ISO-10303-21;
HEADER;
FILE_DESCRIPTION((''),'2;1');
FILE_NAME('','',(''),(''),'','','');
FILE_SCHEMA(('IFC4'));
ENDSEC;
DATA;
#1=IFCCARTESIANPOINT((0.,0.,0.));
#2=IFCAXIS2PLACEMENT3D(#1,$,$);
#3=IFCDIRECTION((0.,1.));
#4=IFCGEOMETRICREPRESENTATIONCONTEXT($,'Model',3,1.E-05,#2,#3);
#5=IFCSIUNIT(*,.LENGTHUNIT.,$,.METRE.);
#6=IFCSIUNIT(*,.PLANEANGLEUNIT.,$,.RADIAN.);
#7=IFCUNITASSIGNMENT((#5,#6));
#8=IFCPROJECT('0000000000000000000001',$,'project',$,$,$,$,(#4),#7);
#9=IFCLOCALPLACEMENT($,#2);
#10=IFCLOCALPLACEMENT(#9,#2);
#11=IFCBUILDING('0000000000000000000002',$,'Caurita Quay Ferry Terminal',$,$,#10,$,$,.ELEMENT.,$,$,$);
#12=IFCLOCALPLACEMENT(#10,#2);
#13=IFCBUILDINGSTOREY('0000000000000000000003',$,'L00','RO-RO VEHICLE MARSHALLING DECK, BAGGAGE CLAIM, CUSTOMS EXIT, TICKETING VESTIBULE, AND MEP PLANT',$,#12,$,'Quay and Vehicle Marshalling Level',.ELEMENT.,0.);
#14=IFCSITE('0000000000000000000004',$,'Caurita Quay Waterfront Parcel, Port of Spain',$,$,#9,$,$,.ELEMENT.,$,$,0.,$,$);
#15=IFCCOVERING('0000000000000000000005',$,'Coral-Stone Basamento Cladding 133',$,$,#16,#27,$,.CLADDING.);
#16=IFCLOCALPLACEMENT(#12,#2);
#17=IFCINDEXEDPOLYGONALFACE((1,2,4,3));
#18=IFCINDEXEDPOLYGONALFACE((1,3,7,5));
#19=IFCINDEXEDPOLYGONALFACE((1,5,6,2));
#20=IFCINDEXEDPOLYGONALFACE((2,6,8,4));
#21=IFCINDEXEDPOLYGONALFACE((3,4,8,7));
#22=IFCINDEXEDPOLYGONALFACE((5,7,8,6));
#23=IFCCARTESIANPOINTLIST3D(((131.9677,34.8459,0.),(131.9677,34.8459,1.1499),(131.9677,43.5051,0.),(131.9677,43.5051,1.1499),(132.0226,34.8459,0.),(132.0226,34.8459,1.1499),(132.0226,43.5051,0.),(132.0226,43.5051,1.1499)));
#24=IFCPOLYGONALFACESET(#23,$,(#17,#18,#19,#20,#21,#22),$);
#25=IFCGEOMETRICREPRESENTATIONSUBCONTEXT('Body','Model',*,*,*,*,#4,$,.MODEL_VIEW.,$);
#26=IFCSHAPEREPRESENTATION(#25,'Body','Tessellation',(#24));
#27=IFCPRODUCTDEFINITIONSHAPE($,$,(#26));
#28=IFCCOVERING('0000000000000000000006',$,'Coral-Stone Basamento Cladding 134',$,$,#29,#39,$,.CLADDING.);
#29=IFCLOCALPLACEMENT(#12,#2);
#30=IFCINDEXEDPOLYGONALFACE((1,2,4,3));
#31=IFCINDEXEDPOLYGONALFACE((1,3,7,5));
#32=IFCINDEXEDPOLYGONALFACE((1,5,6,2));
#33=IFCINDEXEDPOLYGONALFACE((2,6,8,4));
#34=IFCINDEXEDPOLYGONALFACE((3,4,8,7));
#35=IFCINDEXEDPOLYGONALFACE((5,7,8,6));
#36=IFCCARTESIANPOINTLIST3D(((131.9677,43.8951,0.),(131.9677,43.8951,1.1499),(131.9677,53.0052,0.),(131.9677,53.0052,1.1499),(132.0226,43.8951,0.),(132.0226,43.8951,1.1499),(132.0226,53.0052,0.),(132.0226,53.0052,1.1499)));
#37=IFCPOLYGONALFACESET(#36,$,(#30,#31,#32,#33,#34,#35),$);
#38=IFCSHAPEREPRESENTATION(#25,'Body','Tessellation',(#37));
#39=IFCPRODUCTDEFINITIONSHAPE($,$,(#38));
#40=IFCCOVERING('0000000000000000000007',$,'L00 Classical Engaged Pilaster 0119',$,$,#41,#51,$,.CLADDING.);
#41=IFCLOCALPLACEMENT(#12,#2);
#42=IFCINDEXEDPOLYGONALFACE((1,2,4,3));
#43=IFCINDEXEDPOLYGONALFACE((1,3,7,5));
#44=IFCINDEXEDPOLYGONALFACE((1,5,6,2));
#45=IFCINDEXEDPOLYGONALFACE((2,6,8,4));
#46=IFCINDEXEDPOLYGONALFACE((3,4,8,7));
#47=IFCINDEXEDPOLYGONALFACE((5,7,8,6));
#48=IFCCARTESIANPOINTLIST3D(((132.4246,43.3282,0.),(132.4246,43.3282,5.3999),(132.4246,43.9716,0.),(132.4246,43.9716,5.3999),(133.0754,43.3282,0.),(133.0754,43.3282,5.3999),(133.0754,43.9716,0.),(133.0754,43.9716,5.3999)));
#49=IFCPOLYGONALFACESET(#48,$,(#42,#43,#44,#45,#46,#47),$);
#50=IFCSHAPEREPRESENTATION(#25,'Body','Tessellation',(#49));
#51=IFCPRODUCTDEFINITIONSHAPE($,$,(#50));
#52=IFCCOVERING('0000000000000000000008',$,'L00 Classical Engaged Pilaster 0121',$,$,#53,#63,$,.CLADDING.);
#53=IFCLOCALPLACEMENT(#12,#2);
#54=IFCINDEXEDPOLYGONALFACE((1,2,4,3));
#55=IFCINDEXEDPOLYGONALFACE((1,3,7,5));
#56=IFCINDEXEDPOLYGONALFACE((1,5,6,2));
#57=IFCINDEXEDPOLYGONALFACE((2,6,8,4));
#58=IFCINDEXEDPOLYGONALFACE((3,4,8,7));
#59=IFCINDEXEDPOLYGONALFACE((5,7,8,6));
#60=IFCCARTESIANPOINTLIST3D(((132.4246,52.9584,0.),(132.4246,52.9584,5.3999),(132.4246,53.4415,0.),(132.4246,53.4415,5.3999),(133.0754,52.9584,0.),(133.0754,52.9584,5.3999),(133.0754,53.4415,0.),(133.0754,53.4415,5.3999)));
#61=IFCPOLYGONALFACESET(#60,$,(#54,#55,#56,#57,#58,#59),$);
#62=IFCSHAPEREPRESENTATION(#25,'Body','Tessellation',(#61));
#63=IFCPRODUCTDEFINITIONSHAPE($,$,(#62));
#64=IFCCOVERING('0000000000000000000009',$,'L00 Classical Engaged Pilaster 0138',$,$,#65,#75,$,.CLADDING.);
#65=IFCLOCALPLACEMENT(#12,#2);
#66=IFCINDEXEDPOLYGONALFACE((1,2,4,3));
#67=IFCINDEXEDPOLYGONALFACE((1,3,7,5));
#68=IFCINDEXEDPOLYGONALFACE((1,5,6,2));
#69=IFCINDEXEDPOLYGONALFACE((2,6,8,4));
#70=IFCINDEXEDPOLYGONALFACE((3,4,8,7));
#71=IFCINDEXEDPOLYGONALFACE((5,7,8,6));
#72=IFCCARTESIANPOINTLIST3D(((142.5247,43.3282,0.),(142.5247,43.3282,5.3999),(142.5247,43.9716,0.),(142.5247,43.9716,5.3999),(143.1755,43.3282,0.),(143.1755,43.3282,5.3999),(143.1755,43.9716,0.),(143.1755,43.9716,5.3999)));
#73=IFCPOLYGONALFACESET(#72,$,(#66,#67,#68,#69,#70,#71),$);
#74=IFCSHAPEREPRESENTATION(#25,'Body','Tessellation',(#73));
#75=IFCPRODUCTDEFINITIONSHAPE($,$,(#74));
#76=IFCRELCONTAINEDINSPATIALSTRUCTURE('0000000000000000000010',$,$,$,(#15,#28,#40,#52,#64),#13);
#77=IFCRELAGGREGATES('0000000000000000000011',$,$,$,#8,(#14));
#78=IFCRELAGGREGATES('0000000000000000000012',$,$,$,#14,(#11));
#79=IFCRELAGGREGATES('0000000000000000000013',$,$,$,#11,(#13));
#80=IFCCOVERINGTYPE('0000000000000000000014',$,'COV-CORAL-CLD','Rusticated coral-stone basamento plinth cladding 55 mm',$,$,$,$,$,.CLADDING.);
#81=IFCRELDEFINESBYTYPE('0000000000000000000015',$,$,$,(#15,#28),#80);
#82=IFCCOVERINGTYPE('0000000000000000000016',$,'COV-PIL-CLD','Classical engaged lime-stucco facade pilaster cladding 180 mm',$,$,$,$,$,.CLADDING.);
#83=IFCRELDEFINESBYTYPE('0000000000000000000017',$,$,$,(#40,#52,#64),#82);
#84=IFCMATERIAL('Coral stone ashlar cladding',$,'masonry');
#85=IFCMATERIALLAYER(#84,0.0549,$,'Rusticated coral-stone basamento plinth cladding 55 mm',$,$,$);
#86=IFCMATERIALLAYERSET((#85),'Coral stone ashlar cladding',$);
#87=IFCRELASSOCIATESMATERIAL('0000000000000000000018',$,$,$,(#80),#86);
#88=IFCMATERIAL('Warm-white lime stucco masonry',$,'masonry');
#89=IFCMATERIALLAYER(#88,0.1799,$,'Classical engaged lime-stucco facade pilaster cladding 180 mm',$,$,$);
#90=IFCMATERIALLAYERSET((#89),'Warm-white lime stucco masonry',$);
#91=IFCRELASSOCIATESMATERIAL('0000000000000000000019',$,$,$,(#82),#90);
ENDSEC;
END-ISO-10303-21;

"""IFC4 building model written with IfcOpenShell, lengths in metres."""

from ifc_helpers import new_model, si_unit, direction, frame, frame_2d, origin, origin_2d, place, context, subcontext, project, spatial, rectangle, extrude, material, layer, layer_set, type_object, element, save


model = new_model("IFC4")

# Units and contexts
model_context = context("Model", 3, precision=1e-05, world=origin(), true_north=direction((0.0, 1.0)))
body_context = subcontext(model_context, "Body", "Model", "MODEL_VIEW")
ifc_project = project(units=[si_unit("LENGTHUNIT", "METRE"), si_unit("PLANEANGLEUNIT", "RADIAN")], contexts=[model_context])

# Site, building, storey
site_placement = place(None, origin())
site = spatial("IfcSite", under=ifc_project, at=site_placement, Name="Caurita Quay Waterfront Parcel, Port of Spain", CompositionType="ELEMENT", RefElevation=0.0)
building_placement = place(site_placement, origin())
building = spatial("IfcBuilding", under=site, at=building_placement, Name="Caurita Quay Ferry Terminal", CompositionType="ELEMENT")
storey_placement = place(building_placement, origin())
storey = spatial("IfcBuildingStorey", under=building, at=storey_placement, Name="L00", Description="RO-RO VEHICLE MARSHALLING DECK, BAGGAGE CLAIM, CUSTOMS EXIT, TICKETING VESTIBULE, AND MEP PLANT", LongName="Quay and Vehicle Marshalling Level", CompositionType="ELEMENT", Elevation=0.0)

# Shared definitions
ifc_material_1 = material(Name="Warm-white lime stucco masonry", Category="masonry")

# Coverings
ifc_material_2 = material(Name="Coral stone ashlar cladding", Category="masonry")
ifc_layer_1 = layer(ifc_material_2, 0.0549, Name="Rusticated coral-stone basamento plinth cladding 55 mm")
ifc_layer_set_1 = layer_set([ifc_layer_1], Name="Coral stone ashlar cladding")
covering_type_1 = type_object("IfcCoveringType", Name="COV-CORAL-CLD", Description="Rusticated coral-stone basamento plinth cladding 55 mm", PredefinedType="CLADDING", material=ifc_layer_set_1)
covering_1_placement = place(storey_placement, frame((131.9951, 34.8459, 0.0), z_axis=(0.0, 0.0, 1.0), x_axis=(0.0, 1.0, 0.0)))
element("IfcCovering", 1, at=covering_1_placement, inside=storey, type_object=covering_type_1, Name="Coral-Stone Basamento Cladding 133", PredefinedType="CLADDING", context=body_context, shape_type="SweptSolid", body=[
    extrude(rectangle(XDim=8.6592, YDim=0.0549, at=frame_2d((4.3296, 0.0))), origin(), (0.0, 0.0, 1.0), 1.1499),
])
covering_2_placement = place(storey_placement, frame((131.9951, 43.895, 0.0), z_axis=(0.0, 0.0, 1.0), x_axis=(0.0, 1.0, 0.0)))
element("IfcCovering", 2, at=covering_2_placement, inside=storey, type_object=covering_type_1, Name="Coral-Stone Basamento Cladding 134", PredefinedType="CLADDING", context=body_context, shape_type="SweptSolid", body=[
    extrude(rectangle(XDim=9.1101, YDim=0.0549, at=frame_2d((4.5552, 0.0))), origin(), (0.0, 0.0, 1.0), 1.1499),
])
ifc_layer_2 = layer(ifc_material_1, 0.1799, Name="Classical engaged lime-stucco facade pilaster cladding 180 mm")
ifc_layer_set_2 = layer_set([ifc_layer_2], Name="Warm-white lime stucco masonry")
covering_type_2 = type_object("IfcCoveringType", Name="COV-PIL-CLD", Description="Classical engaged lime-stucco facade pilaster cladding 180 mm", PredefinedType="CLADDING", material=ifc_layer_set_2)
covering_3_placement = place(storey_placement, frame((132.75, 43.6499, 0.0), z_axis=(0.0, 0.0, 1.0), x_axis=(1.0, 0.0, 0.0)))
element("IfcCovering", 3, at=covering_3_placement, inside=storey, type_object=covering_type_2, Name="L00 Classical Engaged Pilaster 0119", PredefinedType="CLADDING", context=body_context, shape_type="SweptSolid", body=[
    extrude(rectangle(XDim=0.6509, YDim=0.6433, at=origin_2d()), origin(), (0.0, 0.0, 1.0), 5.3999),
])
covering_4_placement = place(storey_placement, frame((132.75, 53.2, 0.0), z_axis=(0.0, 0.0, 1.0), x_axis=(1.0, 0.0, 0.0)))
element("IfcCovering", 4, at=covering_4_placement, inside=storey, type_object=covering_type_2, Name="L00 Classical Engaged Pilaster 0121", PredefinedType="CLADDING", context=body_context, shape_type="SweptSolid", body=[
    extrude(rectangle(XDim=0.6509, YDim=0.4832, at=origin_2d()), origin(), (0.0, 0.0, 1.0), 5.3999),
])
covering_5_placement = place(storey_placement, frame((142.8501, 43.6499, 0.0), z_axis=(0.0, 0.0, 1.0), x_axis=(1.0, 0.0, 0.0)))
element("IfcCovering", 5, at=covering_5_placement, inside=storey, type_object=covering_type_2, Name="L00 Classical Engaged Pilaster 0138", PredefinedType="CLADDING", context=body_context, shape_type="SweptSolid", body=[
    extrude(rectangle(XDim=0.6509, YDim=0.6433, at=origin_2d()), origin(), (0.0, 0.0, 1.0), 5.3999),
])

save(model, "model.ifc")
